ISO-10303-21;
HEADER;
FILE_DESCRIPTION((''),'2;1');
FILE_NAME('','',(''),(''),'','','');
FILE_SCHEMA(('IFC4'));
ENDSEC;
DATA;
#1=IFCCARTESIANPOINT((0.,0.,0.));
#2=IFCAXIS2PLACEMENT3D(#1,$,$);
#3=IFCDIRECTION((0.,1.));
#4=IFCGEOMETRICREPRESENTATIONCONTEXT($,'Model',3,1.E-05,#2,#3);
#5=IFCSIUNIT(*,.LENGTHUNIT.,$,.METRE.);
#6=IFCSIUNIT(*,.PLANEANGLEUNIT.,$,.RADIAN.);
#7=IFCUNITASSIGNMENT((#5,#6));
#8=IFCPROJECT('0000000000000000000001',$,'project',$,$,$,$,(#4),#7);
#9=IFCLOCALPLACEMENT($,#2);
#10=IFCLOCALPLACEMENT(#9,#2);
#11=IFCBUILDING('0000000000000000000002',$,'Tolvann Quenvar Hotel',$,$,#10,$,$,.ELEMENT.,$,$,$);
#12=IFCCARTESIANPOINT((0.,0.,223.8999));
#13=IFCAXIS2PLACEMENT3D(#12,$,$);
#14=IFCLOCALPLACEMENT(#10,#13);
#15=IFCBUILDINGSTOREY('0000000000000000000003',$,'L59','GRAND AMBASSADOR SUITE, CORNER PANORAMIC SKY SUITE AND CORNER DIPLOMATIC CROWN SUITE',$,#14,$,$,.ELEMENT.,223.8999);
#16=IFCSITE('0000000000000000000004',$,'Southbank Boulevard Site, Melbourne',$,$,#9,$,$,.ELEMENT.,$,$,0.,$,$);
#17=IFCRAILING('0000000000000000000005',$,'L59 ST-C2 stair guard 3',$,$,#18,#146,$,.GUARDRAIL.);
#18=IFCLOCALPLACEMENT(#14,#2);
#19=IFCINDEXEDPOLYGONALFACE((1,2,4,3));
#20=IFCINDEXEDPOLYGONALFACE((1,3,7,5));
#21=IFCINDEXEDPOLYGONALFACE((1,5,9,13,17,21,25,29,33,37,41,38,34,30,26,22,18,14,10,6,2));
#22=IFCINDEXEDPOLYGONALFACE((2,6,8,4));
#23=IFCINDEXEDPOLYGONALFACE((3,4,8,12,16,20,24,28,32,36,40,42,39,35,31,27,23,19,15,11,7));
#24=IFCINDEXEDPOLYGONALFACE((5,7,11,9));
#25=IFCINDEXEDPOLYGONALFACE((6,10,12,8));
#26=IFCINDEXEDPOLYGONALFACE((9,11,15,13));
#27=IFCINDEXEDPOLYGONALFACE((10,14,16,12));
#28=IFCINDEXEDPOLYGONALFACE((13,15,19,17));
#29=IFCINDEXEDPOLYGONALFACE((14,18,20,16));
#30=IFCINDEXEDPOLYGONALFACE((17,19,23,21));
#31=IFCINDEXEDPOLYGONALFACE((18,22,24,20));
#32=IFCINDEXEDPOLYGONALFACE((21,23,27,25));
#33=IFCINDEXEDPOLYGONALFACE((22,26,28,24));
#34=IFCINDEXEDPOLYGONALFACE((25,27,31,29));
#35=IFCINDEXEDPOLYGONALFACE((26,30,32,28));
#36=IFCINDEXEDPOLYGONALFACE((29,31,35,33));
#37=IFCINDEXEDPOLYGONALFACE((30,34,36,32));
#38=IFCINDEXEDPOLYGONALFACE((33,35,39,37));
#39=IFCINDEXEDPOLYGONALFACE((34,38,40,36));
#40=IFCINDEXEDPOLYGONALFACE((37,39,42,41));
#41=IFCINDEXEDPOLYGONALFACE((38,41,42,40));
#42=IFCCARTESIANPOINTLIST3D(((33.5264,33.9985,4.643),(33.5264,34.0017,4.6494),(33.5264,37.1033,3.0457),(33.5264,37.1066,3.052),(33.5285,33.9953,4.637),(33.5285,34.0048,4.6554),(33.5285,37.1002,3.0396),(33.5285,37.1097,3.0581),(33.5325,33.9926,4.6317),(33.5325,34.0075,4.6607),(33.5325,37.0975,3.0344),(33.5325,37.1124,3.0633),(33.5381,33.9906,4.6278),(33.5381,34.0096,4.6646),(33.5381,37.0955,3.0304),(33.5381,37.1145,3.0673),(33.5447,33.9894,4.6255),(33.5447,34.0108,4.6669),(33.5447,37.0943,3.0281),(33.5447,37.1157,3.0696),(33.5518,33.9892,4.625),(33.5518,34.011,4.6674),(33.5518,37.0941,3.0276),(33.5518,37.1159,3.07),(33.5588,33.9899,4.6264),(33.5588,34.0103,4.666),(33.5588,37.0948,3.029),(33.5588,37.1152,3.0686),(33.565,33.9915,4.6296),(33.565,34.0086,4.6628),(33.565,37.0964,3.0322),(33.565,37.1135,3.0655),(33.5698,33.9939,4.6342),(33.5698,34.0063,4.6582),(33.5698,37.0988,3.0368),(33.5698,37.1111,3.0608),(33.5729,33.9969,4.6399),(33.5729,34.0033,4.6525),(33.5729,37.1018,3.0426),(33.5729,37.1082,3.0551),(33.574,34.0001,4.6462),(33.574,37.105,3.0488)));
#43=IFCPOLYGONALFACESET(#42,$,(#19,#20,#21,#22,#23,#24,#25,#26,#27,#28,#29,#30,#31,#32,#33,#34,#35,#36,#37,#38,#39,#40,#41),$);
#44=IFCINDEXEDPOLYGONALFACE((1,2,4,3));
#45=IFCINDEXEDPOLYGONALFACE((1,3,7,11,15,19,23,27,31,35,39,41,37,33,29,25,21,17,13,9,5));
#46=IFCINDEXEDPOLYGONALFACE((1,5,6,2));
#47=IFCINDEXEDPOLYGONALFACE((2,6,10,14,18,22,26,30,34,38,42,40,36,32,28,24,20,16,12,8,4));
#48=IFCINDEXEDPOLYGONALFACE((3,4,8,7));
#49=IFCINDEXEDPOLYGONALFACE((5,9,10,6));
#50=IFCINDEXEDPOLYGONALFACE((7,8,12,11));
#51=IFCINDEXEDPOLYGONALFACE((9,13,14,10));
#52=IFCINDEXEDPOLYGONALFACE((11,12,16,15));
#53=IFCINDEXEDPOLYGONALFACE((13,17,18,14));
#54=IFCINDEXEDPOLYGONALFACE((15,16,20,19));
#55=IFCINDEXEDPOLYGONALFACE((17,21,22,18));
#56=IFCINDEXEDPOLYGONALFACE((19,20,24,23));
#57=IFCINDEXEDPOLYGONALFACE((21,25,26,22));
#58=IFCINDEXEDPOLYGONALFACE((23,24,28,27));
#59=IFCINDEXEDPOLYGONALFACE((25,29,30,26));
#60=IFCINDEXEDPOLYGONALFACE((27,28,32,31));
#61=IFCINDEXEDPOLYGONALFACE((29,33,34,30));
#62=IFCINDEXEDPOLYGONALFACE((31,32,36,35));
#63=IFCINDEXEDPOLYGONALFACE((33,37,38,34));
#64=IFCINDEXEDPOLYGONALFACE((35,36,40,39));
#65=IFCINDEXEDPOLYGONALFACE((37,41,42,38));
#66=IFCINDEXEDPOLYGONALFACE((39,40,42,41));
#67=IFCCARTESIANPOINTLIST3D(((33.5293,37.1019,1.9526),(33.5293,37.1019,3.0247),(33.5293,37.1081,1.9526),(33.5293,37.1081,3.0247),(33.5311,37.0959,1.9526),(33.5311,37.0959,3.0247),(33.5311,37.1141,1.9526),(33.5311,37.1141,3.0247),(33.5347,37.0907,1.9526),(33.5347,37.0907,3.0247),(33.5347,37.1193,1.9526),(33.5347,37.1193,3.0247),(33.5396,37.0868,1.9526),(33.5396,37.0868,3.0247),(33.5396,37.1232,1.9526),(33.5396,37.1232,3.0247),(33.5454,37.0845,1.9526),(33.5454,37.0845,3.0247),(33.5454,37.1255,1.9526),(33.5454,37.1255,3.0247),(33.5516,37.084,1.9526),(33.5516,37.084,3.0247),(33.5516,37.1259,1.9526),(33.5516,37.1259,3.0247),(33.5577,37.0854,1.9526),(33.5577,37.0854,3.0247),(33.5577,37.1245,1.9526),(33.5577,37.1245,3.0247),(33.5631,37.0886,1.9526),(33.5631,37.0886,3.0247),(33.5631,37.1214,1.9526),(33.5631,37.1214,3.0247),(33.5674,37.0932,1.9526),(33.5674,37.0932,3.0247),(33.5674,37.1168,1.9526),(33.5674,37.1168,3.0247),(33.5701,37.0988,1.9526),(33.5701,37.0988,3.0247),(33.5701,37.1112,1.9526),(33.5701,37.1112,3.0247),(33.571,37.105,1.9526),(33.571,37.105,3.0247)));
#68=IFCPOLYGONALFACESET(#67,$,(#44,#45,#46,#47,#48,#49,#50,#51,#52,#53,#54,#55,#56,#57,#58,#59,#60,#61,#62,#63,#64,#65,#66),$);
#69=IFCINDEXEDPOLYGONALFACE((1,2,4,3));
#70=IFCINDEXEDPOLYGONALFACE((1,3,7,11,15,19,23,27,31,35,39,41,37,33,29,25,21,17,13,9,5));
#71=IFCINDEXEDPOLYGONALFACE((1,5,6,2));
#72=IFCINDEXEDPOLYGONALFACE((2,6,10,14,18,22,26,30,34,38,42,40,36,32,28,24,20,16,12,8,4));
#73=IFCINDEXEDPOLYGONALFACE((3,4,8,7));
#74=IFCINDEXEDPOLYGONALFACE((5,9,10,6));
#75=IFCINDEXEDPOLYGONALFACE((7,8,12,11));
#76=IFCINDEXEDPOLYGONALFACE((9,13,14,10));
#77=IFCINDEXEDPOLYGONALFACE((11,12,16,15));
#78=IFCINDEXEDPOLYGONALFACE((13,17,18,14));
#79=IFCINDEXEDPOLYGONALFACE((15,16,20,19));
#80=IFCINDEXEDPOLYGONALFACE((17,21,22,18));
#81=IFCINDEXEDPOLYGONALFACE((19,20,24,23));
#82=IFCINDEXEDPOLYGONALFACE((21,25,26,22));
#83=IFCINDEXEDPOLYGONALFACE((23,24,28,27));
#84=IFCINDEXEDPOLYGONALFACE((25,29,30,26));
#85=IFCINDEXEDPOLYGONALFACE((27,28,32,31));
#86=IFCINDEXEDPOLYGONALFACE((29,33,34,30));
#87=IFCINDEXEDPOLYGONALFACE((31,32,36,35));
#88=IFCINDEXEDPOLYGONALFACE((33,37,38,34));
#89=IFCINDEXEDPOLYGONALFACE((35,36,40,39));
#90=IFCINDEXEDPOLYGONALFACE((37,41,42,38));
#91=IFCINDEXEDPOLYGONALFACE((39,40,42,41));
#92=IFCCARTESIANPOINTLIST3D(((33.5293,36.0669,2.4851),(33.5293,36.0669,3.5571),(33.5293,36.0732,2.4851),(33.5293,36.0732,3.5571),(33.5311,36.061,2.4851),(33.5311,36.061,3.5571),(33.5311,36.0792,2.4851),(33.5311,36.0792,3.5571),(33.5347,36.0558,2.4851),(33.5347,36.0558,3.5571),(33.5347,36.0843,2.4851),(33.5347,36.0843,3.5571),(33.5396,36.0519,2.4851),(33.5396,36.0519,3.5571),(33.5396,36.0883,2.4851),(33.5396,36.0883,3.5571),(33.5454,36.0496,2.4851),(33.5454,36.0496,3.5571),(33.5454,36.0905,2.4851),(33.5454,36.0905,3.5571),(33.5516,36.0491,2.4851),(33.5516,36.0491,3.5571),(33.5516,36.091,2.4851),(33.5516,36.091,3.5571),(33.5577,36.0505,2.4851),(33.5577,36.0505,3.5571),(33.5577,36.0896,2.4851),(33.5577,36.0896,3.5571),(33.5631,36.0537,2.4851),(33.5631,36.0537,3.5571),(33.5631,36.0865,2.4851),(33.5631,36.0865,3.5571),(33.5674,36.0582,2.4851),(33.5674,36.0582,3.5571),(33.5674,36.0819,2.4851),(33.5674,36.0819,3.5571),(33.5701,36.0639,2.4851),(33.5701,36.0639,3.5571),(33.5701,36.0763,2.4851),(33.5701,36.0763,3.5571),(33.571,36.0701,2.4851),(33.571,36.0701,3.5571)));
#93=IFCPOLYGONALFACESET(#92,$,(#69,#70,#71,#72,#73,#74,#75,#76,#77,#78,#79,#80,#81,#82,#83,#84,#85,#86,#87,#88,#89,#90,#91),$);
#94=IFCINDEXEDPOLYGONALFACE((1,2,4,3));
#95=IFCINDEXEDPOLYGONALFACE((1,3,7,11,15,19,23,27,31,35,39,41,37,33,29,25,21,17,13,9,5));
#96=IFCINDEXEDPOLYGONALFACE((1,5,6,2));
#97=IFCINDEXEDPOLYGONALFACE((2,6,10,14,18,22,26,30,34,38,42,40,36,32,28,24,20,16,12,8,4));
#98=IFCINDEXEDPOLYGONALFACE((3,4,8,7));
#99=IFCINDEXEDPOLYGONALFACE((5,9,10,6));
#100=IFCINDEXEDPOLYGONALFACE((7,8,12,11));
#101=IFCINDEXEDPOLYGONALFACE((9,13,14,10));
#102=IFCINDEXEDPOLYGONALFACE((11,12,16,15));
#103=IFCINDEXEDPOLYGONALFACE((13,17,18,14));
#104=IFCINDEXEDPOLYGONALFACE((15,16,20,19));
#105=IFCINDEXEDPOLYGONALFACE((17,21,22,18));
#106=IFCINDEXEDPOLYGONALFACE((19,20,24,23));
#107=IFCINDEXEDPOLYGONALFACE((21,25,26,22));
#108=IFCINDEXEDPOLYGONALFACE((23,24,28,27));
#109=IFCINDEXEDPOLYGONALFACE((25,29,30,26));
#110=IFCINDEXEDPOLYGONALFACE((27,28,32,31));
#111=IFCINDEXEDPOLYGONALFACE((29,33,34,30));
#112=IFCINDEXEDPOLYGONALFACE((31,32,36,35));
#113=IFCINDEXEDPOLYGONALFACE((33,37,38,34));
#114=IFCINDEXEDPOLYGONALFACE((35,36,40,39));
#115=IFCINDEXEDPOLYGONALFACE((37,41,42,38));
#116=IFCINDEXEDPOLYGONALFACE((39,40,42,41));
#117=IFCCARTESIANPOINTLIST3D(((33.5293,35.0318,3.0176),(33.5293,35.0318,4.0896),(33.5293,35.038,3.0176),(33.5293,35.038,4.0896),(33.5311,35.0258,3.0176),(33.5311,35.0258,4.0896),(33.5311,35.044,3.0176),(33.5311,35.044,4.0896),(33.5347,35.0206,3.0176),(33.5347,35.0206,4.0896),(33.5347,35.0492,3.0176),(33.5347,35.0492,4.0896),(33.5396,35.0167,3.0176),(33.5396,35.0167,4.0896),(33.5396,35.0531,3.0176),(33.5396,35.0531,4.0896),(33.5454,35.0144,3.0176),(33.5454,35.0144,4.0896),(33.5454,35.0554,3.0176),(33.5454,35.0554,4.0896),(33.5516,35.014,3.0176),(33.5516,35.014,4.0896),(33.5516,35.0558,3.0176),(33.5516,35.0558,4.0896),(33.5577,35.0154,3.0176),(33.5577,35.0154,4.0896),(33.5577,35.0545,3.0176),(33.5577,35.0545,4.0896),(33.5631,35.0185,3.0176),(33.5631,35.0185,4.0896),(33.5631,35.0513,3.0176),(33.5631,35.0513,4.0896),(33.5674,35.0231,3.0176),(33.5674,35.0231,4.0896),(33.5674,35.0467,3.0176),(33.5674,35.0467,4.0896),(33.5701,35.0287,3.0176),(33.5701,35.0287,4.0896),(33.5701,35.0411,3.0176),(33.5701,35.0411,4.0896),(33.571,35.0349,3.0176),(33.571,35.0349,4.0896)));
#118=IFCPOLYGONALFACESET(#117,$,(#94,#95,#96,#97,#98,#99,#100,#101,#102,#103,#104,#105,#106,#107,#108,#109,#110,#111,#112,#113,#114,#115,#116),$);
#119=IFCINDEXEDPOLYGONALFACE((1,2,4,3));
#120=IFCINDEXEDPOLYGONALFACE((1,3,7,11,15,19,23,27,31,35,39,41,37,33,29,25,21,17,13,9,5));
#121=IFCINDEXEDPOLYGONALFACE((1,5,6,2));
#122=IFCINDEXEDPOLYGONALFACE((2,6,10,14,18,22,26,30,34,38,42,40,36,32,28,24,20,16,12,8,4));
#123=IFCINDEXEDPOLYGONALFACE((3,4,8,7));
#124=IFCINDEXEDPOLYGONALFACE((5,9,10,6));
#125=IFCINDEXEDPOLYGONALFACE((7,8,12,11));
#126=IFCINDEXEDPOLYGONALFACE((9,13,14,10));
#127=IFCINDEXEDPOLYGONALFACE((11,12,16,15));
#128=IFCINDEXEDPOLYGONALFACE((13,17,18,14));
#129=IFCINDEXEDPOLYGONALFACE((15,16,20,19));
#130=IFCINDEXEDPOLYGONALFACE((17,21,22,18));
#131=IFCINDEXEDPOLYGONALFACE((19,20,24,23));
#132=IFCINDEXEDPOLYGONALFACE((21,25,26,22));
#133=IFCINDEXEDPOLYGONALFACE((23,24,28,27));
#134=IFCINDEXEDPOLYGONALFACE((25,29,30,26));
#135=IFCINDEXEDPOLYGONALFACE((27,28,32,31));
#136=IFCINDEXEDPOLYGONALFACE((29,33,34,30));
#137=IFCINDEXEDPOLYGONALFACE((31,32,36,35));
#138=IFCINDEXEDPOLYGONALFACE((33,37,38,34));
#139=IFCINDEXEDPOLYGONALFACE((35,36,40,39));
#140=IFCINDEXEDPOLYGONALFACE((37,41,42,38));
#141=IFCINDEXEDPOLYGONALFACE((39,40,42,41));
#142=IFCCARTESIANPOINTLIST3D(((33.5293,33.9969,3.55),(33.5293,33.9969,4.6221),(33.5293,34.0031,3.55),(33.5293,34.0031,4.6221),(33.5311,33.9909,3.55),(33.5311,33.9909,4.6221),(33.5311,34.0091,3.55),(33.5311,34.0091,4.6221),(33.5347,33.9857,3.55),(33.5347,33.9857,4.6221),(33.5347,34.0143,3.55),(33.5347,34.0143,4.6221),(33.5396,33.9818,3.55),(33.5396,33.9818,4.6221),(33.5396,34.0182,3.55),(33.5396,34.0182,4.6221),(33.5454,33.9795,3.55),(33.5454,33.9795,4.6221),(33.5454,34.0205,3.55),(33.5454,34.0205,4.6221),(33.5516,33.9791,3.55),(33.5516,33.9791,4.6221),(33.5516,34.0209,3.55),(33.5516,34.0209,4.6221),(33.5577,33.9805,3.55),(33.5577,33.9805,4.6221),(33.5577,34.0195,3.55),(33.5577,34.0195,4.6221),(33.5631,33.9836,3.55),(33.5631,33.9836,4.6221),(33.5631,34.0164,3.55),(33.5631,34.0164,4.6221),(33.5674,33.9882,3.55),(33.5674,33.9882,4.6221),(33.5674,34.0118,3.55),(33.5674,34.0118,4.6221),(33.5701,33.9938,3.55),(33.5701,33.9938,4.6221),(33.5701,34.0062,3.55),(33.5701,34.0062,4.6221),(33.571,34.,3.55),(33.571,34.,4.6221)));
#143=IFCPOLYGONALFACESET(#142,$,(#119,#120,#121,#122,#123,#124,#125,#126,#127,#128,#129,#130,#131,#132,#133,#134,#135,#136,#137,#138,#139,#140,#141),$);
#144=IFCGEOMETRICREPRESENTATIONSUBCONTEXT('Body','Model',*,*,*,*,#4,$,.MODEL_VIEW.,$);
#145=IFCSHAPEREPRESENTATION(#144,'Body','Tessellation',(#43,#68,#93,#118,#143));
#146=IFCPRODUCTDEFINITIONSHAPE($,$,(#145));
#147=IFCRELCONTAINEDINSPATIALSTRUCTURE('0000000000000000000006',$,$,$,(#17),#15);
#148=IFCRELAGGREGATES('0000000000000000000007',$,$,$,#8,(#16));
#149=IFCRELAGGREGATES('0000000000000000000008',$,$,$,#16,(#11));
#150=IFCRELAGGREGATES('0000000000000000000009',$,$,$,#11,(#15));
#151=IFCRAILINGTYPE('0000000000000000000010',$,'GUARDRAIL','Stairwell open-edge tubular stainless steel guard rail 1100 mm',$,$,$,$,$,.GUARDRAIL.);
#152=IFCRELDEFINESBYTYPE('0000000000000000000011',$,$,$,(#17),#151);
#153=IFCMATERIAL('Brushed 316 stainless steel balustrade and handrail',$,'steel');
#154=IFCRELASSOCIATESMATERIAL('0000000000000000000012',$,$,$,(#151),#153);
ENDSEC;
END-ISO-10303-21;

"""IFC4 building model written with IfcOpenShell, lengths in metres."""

from ifc_helpers import new_model, si_unit, direction, frame, origin, origin_2d, place, context, subcontext, project, spatial, circle, extrude, material, type_object, element, save


model = new_model("IFC4")

# Units and contexts
model_context = context("Model", 3, precision=1e-05, world=origin(), true_north=direction((0.0, 1.0)))
body_context = subcontext(model_context, "Body", "Model", "MODEL_VIEW")
ifc_project = project(units=[si_unit("LENGTHUNIT", "METRE"), si_unit("PLANEANGLEUNIT", "RADIAN")], contexts=[model_context])

# Site, building, storey
site_placement = place(None, origin())
site = spatial("IfcSite", under=ifc_project, at=site_placement, Name="Southbank Boulevard Site, Melbourne", CompositionType="ELEMENT", RefElevation=0.0)
building_placement = place(site_placement, origin())
building = spatial("IfcBuilding", under=site, at=building_placement, Name="Tolvann Quenvar Hotel", CompositionType="ELEMENT")
storey_placement = place(building_placement, frame((0.0, 0.0, 223.8999)))
storey = spatial("IfcBuildingStorey", under=building, at=storey_placement, Name="L59", Description="GRAND AMBASSADOR SUITE, CORNER PANORAMIC SKY SUITE AND CORNER DIPLOMATIC CROWN SUITE", CompositionType="ELEMENT", Elevation=223.8999)

# Railing
ifc_material_1 = material(Name="Brushed 316 stainless steel balustrade and handrail", Category="steel")
railing_type_1 = type_object("IfcRailingType", Name="GUARDRAIL", Description="Stairwell open-edge tubular stainless steel guard rail 1100 mm", PredefinedType="GUARDRAIL", material=ifc_material_1)
railing_1_placement = place(storey_placement, frame((33.55, 37.105, 1.9526)))
element("IfcRailing", 1, at=railing_1_placement, inside=storey, type_object=railing_type_1, Name="L59 ST-C2 stair guard 3", PredefinedType="GUARDRAIL", context=body_context, shape_type="SweptSolid", body=[
    extrude(circle(Radius=0.0239, at=origin_2d()), frame((0.0, 0.0, 1.0962), z_axis=(0.0, -0.889222, 0.457476), x_axis=(1.0, 0.0, 0.0)), (0.0, 0.0, 1.0), 3.4917),
    extrude(circle(Radius=0.021, at=origin_2d()), origin(), (0.0, 0.0, 1.0), 1.072),
    extrude(circle(Radius=0.021, at=origin_2d()), frame((0.0, -1.0349, 0.5325)), (0.0, 0.0, 1.0), 1.072),
    extrude(circle(Radius=0.021, at=origin_2d()), frame((0.0, -2.0701, 1.0649)), (0.0, 0.0, 1.0), 1.072),
    extrude(circle(Radius=0.021, at=origin_2d()), frame((0.0, -3.105, 1.5974)), (0.0, 0.0, 1.0), 1.072),
])

save(model, "model.ifc")
